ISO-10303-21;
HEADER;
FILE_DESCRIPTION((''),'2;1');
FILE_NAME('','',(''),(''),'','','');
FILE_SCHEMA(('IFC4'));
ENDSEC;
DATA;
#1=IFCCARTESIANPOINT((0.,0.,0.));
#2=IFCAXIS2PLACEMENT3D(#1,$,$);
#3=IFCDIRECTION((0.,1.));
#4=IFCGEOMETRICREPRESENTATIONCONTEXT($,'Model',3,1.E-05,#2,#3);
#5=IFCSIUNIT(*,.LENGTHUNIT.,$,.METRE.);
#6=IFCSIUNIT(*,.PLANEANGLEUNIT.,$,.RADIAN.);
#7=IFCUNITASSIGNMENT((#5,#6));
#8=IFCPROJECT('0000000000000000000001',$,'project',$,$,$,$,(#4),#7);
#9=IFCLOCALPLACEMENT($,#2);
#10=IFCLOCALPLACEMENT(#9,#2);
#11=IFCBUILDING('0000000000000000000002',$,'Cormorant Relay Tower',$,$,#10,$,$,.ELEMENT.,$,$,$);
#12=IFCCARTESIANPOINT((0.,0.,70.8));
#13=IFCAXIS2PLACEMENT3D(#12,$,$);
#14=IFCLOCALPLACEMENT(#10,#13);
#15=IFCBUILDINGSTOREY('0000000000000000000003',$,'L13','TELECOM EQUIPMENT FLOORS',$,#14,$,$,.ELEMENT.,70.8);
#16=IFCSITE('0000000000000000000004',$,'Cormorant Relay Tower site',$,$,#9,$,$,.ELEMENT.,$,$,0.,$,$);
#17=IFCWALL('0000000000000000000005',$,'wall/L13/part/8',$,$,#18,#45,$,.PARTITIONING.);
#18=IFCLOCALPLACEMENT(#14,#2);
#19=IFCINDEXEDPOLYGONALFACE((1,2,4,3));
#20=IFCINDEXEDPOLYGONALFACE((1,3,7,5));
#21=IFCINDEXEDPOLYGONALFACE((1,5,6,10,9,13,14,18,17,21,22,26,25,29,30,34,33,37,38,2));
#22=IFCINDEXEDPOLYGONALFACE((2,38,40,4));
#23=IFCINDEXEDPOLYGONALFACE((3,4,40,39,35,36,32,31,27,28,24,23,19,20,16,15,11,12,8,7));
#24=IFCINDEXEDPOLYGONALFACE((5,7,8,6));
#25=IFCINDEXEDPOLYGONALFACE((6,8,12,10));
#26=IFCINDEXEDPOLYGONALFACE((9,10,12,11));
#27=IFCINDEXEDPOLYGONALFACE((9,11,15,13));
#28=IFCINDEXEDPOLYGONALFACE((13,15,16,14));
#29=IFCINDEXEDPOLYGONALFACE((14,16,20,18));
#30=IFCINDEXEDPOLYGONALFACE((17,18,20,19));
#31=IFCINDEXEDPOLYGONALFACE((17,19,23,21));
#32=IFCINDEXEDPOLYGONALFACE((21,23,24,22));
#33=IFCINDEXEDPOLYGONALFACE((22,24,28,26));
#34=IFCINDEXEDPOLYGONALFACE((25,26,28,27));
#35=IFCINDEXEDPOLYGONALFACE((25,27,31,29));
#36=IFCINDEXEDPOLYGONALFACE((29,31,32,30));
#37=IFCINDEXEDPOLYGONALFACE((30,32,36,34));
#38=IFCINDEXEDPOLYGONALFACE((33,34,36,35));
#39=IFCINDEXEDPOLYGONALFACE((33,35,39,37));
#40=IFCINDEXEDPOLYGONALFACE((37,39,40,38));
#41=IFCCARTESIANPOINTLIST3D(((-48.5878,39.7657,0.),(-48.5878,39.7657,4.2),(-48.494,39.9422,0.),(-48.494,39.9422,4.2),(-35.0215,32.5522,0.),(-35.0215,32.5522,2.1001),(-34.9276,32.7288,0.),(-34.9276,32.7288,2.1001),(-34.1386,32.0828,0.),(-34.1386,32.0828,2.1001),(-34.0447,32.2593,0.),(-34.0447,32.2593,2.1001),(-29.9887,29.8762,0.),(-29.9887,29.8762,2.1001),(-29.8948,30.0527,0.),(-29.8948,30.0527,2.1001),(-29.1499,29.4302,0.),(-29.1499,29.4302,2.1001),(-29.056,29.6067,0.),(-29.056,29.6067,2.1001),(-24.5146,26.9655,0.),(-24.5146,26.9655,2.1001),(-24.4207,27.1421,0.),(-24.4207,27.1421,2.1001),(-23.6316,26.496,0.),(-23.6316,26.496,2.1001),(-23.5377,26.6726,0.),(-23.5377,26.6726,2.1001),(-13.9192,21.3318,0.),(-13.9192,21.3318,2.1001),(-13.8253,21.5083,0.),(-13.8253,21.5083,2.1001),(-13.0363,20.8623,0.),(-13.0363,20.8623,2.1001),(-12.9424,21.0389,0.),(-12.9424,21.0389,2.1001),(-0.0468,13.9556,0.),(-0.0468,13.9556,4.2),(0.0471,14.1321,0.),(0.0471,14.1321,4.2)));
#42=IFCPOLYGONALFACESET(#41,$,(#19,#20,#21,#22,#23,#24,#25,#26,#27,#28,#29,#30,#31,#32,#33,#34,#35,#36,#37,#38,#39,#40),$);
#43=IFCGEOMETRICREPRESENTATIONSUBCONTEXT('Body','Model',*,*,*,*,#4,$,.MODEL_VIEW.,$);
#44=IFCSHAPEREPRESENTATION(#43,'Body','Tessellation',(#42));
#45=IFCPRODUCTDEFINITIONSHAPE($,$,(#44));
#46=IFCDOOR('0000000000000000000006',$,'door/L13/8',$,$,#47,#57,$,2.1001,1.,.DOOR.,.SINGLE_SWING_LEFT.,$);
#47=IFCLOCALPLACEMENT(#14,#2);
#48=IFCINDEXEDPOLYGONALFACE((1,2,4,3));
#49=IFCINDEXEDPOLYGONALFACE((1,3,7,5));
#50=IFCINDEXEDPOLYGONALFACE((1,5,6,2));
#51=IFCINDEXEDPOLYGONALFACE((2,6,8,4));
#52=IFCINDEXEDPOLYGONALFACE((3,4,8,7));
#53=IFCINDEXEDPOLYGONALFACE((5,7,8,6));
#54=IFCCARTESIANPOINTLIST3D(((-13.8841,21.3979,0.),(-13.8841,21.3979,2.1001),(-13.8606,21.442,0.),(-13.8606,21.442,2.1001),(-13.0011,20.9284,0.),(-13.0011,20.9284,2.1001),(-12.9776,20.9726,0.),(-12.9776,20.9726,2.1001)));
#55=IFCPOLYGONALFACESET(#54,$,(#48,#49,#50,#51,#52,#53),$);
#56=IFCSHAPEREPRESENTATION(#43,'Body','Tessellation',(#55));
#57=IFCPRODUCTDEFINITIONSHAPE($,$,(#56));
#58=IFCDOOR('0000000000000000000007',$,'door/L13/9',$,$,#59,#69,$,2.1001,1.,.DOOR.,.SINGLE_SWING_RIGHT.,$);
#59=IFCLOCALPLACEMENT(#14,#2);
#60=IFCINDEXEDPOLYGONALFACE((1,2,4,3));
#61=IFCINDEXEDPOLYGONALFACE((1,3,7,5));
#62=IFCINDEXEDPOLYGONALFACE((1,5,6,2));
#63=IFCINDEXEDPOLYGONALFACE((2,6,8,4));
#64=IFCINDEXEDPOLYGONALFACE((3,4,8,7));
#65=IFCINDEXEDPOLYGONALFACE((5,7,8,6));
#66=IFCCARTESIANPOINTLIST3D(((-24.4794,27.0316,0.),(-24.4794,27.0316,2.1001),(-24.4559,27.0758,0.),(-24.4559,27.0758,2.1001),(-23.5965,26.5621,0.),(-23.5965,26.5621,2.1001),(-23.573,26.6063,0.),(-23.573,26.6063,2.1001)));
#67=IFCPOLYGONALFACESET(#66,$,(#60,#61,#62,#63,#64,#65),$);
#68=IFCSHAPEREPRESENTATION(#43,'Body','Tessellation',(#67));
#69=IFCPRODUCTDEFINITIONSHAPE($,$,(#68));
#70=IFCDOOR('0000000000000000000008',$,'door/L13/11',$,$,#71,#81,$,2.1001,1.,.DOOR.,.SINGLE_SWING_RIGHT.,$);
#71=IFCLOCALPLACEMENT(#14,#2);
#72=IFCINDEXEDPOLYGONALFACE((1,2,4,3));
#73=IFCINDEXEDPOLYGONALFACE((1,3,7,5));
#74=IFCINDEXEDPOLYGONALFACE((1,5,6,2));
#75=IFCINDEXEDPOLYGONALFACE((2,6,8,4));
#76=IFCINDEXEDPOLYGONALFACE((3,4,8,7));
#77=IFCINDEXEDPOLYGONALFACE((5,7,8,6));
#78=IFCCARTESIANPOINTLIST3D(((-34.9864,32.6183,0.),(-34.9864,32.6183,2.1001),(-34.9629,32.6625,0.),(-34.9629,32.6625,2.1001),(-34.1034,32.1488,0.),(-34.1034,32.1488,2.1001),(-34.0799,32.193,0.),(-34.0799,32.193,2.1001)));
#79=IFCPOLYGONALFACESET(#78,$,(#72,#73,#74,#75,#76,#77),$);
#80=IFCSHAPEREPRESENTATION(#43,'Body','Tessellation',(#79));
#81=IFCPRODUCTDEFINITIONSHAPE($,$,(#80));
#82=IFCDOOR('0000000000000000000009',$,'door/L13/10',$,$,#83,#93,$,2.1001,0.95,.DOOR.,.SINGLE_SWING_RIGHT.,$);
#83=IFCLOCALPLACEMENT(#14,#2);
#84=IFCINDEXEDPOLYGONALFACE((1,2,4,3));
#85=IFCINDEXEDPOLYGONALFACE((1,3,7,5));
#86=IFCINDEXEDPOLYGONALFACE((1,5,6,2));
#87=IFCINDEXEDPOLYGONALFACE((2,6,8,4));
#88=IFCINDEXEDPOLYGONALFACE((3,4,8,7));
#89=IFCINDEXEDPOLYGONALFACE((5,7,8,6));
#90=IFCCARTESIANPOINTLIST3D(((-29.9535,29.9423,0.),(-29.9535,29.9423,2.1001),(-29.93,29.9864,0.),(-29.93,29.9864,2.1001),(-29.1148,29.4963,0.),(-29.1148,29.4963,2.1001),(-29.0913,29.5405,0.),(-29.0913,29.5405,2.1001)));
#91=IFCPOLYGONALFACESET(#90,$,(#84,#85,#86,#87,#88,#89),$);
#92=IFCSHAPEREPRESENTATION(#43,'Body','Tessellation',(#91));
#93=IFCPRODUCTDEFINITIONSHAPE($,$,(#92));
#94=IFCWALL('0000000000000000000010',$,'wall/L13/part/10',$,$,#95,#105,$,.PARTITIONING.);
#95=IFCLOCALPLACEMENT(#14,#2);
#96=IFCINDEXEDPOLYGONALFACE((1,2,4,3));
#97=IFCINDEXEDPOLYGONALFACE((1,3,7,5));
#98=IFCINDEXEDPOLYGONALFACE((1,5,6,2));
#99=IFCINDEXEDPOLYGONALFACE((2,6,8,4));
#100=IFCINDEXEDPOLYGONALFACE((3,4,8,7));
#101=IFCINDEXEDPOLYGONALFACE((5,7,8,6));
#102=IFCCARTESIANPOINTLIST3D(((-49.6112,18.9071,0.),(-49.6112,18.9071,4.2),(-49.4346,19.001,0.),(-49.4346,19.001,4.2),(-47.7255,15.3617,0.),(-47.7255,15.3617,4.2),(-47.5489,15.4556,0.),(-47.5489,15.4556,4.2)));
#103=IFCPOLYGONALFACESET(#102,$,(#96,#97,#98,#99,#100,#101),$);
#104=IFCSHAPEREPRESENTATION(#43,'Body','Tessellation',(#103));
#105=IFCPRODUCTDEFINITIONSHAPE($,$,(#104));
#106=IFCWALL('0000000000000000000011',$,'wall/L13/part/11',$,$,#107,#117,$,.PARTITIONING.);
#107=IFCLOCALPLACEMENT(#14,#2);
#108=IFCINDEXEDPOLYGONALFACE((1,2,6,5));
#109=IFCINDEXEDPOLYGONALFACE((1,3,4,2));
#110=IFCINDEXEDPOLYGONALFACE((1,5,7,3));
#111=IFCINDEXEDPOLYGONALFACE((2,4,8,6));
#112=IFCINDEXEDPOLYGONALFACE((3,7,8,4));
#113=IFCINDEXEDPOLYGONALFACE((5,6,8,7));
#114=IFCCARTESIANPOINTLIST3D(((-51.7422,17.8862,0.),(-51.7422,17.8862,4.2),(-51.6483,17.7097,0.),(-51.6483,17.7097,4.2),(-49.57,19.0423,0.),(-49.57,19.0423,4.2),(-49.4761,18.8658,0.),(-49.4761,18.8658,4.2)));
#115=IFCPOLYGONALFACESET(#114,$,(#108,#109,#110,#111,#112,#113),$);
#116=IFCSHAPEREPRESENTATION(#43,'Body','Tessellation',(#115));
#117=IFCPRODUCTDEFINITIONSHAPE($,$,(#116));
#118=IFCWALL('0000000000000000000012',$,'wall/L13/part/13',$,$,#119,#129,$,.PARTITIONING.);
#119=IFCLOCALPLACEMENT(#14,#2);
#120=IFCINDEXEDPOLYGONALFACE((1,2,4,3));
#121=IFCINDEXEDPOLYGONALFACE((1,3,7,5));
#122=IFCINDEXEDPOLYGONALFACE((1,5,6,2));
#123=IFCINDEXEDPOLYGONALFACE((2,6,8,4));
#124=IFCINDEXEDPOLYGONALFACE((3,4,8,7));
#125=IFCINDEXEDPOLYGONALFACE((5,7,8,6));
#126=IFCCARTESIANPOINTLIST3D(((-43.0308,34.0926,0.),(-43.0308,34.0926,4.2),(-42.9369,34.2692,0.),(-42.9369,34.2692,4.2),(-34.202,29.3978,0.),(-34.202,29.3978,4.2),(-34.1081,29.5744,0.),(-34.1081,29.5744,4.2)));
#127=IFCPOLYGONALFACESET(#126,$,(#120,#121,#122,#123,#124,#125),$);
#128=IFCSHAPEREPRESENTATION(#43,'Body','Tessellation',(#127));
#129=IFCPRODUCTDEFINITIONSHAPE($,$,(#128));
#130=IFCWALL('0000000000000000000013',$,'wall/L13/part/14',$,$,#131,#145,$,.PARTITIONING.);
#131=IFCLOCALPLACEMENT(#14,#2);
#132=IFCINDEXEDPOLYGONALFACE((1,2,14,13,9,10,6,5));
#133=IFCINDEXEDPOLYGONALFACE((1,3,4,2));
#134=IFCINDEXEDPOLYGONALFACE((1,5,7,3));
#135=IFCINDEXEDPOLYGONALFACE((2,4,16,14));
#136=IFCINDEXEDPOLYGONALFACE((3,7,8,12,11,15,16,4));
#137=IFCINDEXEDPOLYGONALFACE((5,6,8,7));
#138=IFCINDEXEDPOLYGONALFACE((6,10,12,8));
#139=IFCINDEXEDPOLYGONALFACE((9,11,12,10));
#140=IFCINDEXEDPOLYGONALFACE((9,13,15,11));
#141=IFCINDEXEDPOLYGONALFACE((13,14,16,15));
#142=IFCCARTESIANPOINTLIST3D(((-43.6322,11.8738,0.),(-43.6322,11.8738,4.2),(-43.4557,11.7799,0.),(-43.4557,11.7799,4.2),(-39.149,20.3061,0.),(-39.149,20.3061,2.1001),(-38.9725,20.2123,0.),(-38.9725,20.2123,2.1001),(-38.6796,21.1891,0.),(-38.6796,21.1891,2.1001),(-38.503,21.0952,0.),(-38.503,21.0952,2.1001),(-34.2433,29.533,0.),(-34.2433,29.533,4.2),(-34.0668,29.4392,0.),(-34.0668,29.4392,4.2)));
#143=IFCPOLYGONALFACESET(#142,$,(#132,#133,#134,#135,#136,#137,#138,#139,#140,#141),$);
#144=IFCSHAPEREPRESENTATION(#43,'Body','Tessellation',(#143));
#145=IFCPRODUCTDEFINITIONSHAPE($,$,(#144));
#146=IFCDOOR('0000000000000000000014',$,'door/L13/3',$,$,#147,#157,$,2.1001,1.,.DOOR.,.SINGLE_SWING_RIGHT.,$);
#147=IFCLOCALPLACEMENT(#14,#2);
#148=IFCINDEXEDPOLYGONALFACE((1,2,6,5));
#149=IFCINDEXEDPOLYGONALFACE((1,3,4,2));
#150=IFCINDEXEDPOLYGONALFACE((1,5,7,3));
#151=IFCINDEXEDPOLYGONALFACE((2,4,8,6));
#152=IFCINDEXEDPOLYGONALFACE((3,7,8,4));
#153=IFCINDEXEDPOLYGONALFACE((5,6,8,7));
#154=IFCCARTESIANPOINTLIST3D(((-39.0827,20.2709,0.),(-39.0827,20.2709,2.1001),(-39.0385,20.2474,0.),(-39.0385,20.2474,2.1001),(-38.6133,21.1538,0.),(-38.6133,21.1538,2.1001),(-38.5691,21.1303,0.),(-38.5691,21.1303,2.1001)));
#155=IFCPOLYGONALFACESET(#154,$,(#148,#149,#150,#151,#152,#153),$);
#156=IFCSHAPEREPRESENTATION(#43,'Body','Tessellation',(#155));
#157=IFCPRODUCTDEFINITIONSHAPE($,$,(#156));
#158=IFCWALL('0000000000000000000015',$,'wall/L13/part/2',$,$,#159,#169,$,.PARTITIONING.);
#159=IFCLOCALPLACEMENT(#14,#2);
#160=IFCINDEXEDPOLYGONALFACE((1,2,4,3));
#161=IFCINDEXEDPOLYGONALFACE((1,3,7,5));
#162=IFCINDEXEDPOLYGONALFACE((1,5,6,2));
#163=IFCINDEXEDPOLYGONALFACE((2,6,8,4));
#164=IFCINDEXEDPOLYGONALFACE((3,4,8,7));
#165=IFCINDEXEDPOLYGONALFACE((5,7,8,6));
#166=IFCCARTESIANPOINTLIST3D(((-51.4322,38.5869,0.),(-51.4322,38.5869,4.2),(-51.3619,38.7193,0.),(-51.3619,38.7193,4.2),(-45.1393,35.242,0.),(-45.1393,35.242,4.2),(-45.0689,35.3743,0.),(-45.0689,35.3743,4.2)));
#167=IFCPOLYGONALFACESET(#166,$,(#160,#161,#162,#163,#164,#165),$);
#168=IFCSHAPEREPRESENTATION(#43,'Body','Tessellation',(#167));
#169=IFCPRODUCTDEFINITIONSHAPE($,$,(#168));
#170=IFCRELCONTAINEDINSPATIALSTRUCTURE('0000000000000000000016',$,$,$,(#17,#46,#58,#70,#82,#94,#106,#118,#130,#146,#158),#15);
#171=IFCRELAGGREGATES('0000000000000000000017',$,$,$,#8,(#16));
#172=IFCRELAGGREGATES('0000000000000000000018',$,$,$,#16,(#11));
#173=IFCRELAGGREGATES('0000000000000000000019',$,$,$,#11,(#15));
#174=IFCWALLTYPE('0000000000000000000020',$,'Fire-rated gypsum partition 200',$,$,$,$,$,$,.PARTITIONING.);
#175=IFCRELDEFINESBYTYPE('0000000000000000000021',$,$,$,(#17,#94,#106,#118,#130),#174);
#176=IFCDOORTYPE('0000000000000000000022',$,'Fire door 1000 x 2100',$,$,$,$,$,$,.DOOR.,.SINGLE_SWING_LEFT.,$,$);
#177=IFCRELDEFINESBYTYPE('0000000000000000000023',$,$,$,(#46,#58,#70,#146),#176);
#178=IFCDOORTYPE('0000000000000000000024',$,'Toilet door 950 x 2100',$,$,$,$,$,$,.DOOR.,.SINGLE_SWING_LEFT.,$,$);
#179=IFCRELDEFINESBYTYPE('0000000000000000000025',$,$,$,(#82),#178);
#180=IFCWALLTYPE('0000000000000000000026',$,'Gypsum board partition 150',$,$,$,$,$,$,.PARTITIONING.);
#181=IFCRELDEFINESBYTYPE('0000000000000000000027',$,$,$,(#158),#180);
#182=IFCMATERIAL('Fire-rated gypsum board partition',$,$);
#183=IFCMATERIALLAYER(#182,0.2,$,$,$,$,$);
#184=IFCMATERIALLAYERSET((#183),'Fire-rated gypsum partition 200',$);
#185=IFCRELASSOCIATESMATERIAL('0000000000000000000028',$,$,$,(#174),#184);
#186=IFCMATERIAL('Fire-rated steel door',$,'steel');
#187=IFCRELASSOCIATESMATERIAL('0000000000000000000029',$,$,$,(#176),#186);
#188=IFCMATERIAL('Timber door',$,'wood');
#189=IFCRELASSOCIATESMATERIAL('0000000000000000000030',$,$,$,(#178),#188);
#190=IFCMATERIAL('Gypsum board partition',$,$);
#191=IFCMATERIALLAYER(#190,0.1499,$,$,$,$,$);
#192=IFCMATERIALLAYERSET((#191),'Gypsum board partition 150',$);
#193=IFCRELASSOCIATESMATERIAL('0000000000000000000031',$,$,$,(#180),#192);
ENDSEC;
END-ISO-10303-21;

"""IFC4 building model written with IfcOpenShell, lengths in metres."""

from ifc_helpers import new_model, si_unit, direction, frame, frame_2d, origin, place, context, subcontext, project, spatial, rectangle, extrude, material, layer, layer_set, type_object, element, fill, save


model = new_model("IFC4")

# Units and contexts
model_context = context("Model", 3, precision=1e-05, world=origin(), true_north=direction((0.0, 1.0)))
body_context = subcontext(model_context, "Body", "Model", "MODEL_VIEW")
ifc_project = project(units=[si_unit("LENGTHUNIT", "METRE"), si_unit("PLANEANGLEUNIT", "RADIAN")], contexts=[model_context])

# Site, building, storey
site_placement = place(None, origin())
site = spatial("IfcSite", under=ifc_project, at=site_placement, Name="Cormorant Relay Tower site", CompositionType="ELEMENT", RefElevation=0.0)
building_placement = place(site_placement, origin())
building = spatial("IfcBuilding", under=site, at=building_placement, Name="Cormorant Relay Tower", CompositionType="ELEMENT")
storey_placement = place(building_placement, frame((0.0, 0.0, 70.8)))
storey = spatial("IfcBuildingStorey", under=building, at=storey_placement, Name="L13", Description="TELECOM EQUIPMENT FLOORS", CompositionType="ELEMENT", Elevation=70.8)

# Wall, openings, doors
ifc_material_1 = material(Name="Fire-rated gypsum board partition")
ifc_layer_1 = layer(ifc_material_1, 0.2)
ifc_layer_set_1 = layer_set([ifc_layer_1], Name="Fire-rated gypsum partition 200")
wall_type_1 = type_object("IfcWallType", Name="Fire-rated gypsum partition 200", PredefinedType="PARTITIONING", material=ifc_layer_set_1)
wall_1_placement = place(storey_placement, frame((-48.541, 39.854, 0.0), z_axis=(0.0, 0.0, 1.0), x_axis=(0.882945, -0.469476, 0.0)))
wall_1 = element("IfcWall", 1, at=wall_1_placement, inside=storey, type_object=wall_type_1, Name="wall/L13/part/8", PredefinedType="PARTITIONING", context=body_context, shape_type="SweptSolid", body=[
    extrude(rectangle(XDim=54.9763, YDim=0.2, at=frame_2d((27.4883, 0.0))), origin(), (0.0, 0.0, 1.0), 4.2),
])
opening_1_placement = place(wall_1_placement, frame((39.2649, 0.0, 0.0)))
opening_1 = element("IfcOpeningElement", 2, at=opening_1_placement, cuts=wall_1, PredefinedType="OPENING", context=body_context, shape_type="SweptSolid", body=[
    extrude(rectangle(XDim=1.0, YDim=2.1001, at=frame_2d((0.5, 1.05))), frame((0.0, 0.1099, 0.0), z_axis=(0.0, -1.0, 0.0), x_axis=(1.0, 0.0, 0.0)), (0.0, 0.0, 1.0), 0.22),
])
opening_2_placement = place(wall_1_placement, frame((27.2649, 0.0, 0.0)))
opening_2 = element("IfcOpeningElement", 3, at=opening_2_placement, cuts=wall_1, PredefinedType="OPENING", context=body_context, shape_type="SweptSolid", body=[
    extrude(rectangle(XDim=1.0, YDim=2.1001, at=frame_2d((0.5, 1.05))), frame((0.0, 0.1099, 0.0), z_axis=(0.0, -1.0, 0.0), x_axis=(1.0, 0.0, 0.0)), (0.0, 0.0, 1.0), 0.22),
])
opening_3_placement = place(wall_1_placement, frame((21.0649, 0.0, 0.0)))
opening_3 = element("IfcOpeningElement", 4, at=opening_3_placement, cuts=wall_1, PredefinedType="OPENING", context=body_context, shape_type="SweptSolid", body=[
    extrude(rectangle(XDim=0.95, YDim=2.1001, at=frame_2d((0.4751, 1.05))), frame((0.0, 0.1099, 0.0), z_axis=(0.0, -1.0, 0.0), x_axis=(1.0, 0.0, 0.0)), (0.0, 0.0, 1.0), 0.22),
])
opening_4_placement = place(wall_1_placement, frame((15.365, 0.0, 0.0)))
opening_4 = element("IfcOpeningElement", 5, at=opening_4_placement, cuts=wall_1, PredefinedType="OPENING", context=body_context, shape_type="SweptSolid", body=[
    extrude(rectangle(XDim=1.0, YDim=2.1001, at=frame_2d((0.5, 1.05))), frame((0.0, 0.1099, 0.0), z_axis=(0.0, -1.0, 0.0), x_axis=(1.0, 0.0, 0.0)), (0.0, 0.0, 1.0), 0.22),
])
ifc_material_2 = material(Name="Fire-rated steel door", Category="steel")
door_type_1 = type_object("IfcDoorType", Name="Fire door 1000 x 2100", OperationType="SINGLE_SWING_LEFT", PredefinedType="DOOR", material=ifc_material_2)
door_1_placement = place(opening_1_placement, origin())
door_1 = element("IfcDoor", 6, at=door_1_placement, inside=storey, type_object=door_type_1, Name="door/L13/8", OperationType="SINGLE_SWING_LEFT", OverallHeight=2.1001, OverallWidth=1.0, PredefinedType="DOOR", context=body_context, shape_type="SweptSolid", body=[
    extrude(rectangle(XDim=1.0, YDim=2.1001, at=frame_2d((0.5, 1.05))), frame((0.0, 0.0249, 0.0), z_axis=(0.0, -1.0, 0.0), x_axis=(1.0, 0.0, 0.0)), (0.0, 0.0, 1.0), 0.05),
])
fill(opening_1, door_1)
door_2_placement = place(opening_2_placement, origin())
door_2 = element("IfcDoor", 7, at=door_2_placement, inside=storey, type_object=door_type_1, Name="door/L13/9", OperationType="SINGLE_SWING_RIGHT", OverallHeight=2.1001, OverallWidth=1.0, PredefinedType="DOOR", context=body_context, shape_type="SweptSolid", body=[
    extrude(rectangle(XDim=1.0, YDim=2.1001, at=frame_2d((0.5, 1.05))), frame((0.0, 0.0249, 0.0), z_axis=(0.0, -1.0, 0.0), x_axis=(1.0, 0.0, 0.0)), (0.0, 0.0, 1.0), 0.05),
])
fill(opening_2, door_2)
door_3_placement = place(opening_4_placement, origin())
door_3 = element("IfcDoor", 8, at=door_3_placement, inside=storey, type_object=door_type_1, Name="door/L13/11", OperationType="SINGLE_SWING_RIGHT", OverallHeight=2.1001, OverallWidth=1.0, PredefinedType="DOOR", context=body_context, shape_type="SweptSolid", body=[
    extrude(rectangle(XDim=1.0, YDim=2.1001, at=frame_2d((0.5, 1.05))), frame((0.0, 0.0249, 0.0), z_axis=(0.0, -1.0, 0.0), x_axis=(1.0, 0.0, 0.0)), (0.0, 0.0, 1.0), 0.05),
])
fill(opening_4, door_3)
ifc_material_3 = material(Name="Timber door", Category="wood")
door_type_2 = type_object("IfcDoorType", Name="Toilet door 950 x 2100", OperationType="SINGLE_SWING_LEFT", PredefinedType="DOOR", material=ifc_material_3)
door_4_placement = place(opening_3_placement, origin())
door_4 = element("IfcDoor", 9, at=door_4_placement, inside=storey, type_object=door_type_2, Name="door/L13/10", OperationType="SINGLE_SWING_RIGHT", OverallHeight=2.1001, OverallWidth=0.95, PredefinedType="DOOR", context=body_context, shape_type="SweptSolid", body=[
    extrude(rectangle(XDim=0.95, YDim=2.1001, at=frame_2d((0.4751, 1.05))), frame((0.0, 0.0249, 0.0), z_axis=(0.0, -1.0, 0.0), x_axis=(1.0, 0.0, 0.0)), (0.0, 0.0, 1.0), 0.05),
])
fill(opening_3, door_4)

# Walls
wall_2_placement = place(storey_placement, frame((-47.6372, 15.4087, 0.0), z_axis=(0.0, 0.0, 1.0), x_axis=(-0.469591, 0.882884, 0.0)))
element("IfcWall", 10, at=wall_2_placement, inside=storey, type_object=wall_type_1, Name="wall/L13/part/10", PredefinedType="PARTITIONING", context=body_context, shape_type="SweptSolid", body=[
    extrude(rectangle(XDim=4.0156, YDim=0.2, at=frame_2d((2.0078, 0.0))), origin(), (0.0, 0.0, 1.0), 4.2),
])
wall_3_placement = place(storey_placement, frame((-49.5229, 18.9541, 0.0), z_axis=(0.0, 0.0, 1.0), x_axis=(-0.882767, -0.46981, 0.0)))
element("IfcWall", 11, at=wall_3_placement, inside=storey, type_object=wall_type_1, Name="wall/L13/part/11", PredefinedType="PARTITIONING", context=body_context, shape_type="SweptSolid", body=[
    extrude(rectangle(XDim=2.4607, YDim=0.2, at=frame_2d((1.2305, 0.0))), origin(), (0.0, 0.0, 1.0), 4.2),
])
wall_4_placement = place(storey_placement, frame((-42.9839, 34.1809, 0.0), z_axis=(0.0, 0.0, 1.0), x_axis=(0.882929, -0.469506, 0.0)))
element("IfcWall", 12, at=wall_4_placement, inside=storey, type_object=wall_type_1, Name="wall/L13/part/13", PredefinedType="PARTITIONING", context=body_context, shape_type="SweptSolid", body=[
    extrude(rectangle(XDim=9.9995, YDim=0.2, at=frame_2d((4.9998, 0.0))), origin(), (0.0, 0.0, 1.0), 4.2),
])

# Wall, opening, door
wall_5_placement = place(storey_placement, frame((-34.155, 29.4861, 0.0), z_axis=(0.0, 0.0, 1.0), x_axis=(-0.469447, -0.882961, 0.0)))
wall_5 = element("IfcWall", 13, at=wall_5_placement, inside=storey, type_object=wall_type_1, Name="wall/L13/part/14", PredefinedType="PARTITIONING", context=body_context, shape_type="SweptSolid", body=[
    extrude(rectangle(XDim=20.0, YDim=0.2, at=frame_2d((10.0, 0.0))), origin(), (0.0, 0.0, 1.0), 4.2),
])
opening_5_placement = place(wall_5_placement, frame((9.45, 0.0, 0.0)))
opening_5 = element("IfcOpeningElement", 14, at=opening_5_placement, cuts=wall_5, PredefinedType="OPENING", context=body_context, shape_type="SweptSolid", body=[
    extrude(rectangle(XDim=1.0, YDim=2.1001, at=frame_2d((0.5, 1.05))), frame((0.0, 0.1099, 0.0), z_axis=(0.0, -1.0, 0.0), x_axis=(1.0, 0.0, 0.0)), (0.0, 0.0, 1.0), 0.22),
])
door_5_placement = place(opening_5_placement, frame((1.0, 0.0, 0.0), z_axis=(0.0, 0.0, 1.0), x_axis=(-1.0, 0.0, 0.0)))
door_5 = element("IfcDoor", 15, at=door_5_placement, inside=storey, type_object=door_type_1, Name="door/L13/3", OperationType="SINGLE_SWING_RIGHT", OverallHeight=2.1001, OverallWidth=1.0, PredefinedType="DOOR", context=body_context, shape_type="SweptSolid", body=[
    extrude(rectangle(XDim=1.0, YDim=2.1001, at=frame_2d((0.5, 1.05))), frame((0.0, 0.0249, 0.0), z_axis=(0.0, -1.0, 0.0), x_axis=(1.0, 0.0, 0.0)), (0.0, 0.0, 1.0), 0.05),
])
fill(opening_5, door_5)

# Wall
ifc_material_4 = material(Name="Gypsum board partition")
ifc_layer_2 = layer(ifc_material_4, 0.1499)
ifc_layer_set_2 = layer_set([ifc_layer_2], Name="Gypsum board partition 150")
wall_type_2 = type_object("IfcWallType", Name="Gypsum board partition 150", PredefinedType="PARTITIONING", material=ifc_layer_set_2)
wall_6_placement = place(storey_placement, frame((-45.104, 35.3081, 0.0), z_axis=(0.0, 0.0, 1.0), x_axis=(-0.883009, 0.469356, 0.0)))
element("IfcWall", 16, at=wall_6_placement, inside=storey, type_object=wall_type_2, Name="wall/L13/part/2", PredefinedType="PARTITIONING", context=body_context, shape_type="SweptSolid", body=[
    extrude(rectangle(XDim=7.1267, YDim=0.1499, at=frame_2d((3.5635, 0.0))), origin(), (0.0, 0.0, 1.0), 4.2),
])

save(model, "model.ifc")
